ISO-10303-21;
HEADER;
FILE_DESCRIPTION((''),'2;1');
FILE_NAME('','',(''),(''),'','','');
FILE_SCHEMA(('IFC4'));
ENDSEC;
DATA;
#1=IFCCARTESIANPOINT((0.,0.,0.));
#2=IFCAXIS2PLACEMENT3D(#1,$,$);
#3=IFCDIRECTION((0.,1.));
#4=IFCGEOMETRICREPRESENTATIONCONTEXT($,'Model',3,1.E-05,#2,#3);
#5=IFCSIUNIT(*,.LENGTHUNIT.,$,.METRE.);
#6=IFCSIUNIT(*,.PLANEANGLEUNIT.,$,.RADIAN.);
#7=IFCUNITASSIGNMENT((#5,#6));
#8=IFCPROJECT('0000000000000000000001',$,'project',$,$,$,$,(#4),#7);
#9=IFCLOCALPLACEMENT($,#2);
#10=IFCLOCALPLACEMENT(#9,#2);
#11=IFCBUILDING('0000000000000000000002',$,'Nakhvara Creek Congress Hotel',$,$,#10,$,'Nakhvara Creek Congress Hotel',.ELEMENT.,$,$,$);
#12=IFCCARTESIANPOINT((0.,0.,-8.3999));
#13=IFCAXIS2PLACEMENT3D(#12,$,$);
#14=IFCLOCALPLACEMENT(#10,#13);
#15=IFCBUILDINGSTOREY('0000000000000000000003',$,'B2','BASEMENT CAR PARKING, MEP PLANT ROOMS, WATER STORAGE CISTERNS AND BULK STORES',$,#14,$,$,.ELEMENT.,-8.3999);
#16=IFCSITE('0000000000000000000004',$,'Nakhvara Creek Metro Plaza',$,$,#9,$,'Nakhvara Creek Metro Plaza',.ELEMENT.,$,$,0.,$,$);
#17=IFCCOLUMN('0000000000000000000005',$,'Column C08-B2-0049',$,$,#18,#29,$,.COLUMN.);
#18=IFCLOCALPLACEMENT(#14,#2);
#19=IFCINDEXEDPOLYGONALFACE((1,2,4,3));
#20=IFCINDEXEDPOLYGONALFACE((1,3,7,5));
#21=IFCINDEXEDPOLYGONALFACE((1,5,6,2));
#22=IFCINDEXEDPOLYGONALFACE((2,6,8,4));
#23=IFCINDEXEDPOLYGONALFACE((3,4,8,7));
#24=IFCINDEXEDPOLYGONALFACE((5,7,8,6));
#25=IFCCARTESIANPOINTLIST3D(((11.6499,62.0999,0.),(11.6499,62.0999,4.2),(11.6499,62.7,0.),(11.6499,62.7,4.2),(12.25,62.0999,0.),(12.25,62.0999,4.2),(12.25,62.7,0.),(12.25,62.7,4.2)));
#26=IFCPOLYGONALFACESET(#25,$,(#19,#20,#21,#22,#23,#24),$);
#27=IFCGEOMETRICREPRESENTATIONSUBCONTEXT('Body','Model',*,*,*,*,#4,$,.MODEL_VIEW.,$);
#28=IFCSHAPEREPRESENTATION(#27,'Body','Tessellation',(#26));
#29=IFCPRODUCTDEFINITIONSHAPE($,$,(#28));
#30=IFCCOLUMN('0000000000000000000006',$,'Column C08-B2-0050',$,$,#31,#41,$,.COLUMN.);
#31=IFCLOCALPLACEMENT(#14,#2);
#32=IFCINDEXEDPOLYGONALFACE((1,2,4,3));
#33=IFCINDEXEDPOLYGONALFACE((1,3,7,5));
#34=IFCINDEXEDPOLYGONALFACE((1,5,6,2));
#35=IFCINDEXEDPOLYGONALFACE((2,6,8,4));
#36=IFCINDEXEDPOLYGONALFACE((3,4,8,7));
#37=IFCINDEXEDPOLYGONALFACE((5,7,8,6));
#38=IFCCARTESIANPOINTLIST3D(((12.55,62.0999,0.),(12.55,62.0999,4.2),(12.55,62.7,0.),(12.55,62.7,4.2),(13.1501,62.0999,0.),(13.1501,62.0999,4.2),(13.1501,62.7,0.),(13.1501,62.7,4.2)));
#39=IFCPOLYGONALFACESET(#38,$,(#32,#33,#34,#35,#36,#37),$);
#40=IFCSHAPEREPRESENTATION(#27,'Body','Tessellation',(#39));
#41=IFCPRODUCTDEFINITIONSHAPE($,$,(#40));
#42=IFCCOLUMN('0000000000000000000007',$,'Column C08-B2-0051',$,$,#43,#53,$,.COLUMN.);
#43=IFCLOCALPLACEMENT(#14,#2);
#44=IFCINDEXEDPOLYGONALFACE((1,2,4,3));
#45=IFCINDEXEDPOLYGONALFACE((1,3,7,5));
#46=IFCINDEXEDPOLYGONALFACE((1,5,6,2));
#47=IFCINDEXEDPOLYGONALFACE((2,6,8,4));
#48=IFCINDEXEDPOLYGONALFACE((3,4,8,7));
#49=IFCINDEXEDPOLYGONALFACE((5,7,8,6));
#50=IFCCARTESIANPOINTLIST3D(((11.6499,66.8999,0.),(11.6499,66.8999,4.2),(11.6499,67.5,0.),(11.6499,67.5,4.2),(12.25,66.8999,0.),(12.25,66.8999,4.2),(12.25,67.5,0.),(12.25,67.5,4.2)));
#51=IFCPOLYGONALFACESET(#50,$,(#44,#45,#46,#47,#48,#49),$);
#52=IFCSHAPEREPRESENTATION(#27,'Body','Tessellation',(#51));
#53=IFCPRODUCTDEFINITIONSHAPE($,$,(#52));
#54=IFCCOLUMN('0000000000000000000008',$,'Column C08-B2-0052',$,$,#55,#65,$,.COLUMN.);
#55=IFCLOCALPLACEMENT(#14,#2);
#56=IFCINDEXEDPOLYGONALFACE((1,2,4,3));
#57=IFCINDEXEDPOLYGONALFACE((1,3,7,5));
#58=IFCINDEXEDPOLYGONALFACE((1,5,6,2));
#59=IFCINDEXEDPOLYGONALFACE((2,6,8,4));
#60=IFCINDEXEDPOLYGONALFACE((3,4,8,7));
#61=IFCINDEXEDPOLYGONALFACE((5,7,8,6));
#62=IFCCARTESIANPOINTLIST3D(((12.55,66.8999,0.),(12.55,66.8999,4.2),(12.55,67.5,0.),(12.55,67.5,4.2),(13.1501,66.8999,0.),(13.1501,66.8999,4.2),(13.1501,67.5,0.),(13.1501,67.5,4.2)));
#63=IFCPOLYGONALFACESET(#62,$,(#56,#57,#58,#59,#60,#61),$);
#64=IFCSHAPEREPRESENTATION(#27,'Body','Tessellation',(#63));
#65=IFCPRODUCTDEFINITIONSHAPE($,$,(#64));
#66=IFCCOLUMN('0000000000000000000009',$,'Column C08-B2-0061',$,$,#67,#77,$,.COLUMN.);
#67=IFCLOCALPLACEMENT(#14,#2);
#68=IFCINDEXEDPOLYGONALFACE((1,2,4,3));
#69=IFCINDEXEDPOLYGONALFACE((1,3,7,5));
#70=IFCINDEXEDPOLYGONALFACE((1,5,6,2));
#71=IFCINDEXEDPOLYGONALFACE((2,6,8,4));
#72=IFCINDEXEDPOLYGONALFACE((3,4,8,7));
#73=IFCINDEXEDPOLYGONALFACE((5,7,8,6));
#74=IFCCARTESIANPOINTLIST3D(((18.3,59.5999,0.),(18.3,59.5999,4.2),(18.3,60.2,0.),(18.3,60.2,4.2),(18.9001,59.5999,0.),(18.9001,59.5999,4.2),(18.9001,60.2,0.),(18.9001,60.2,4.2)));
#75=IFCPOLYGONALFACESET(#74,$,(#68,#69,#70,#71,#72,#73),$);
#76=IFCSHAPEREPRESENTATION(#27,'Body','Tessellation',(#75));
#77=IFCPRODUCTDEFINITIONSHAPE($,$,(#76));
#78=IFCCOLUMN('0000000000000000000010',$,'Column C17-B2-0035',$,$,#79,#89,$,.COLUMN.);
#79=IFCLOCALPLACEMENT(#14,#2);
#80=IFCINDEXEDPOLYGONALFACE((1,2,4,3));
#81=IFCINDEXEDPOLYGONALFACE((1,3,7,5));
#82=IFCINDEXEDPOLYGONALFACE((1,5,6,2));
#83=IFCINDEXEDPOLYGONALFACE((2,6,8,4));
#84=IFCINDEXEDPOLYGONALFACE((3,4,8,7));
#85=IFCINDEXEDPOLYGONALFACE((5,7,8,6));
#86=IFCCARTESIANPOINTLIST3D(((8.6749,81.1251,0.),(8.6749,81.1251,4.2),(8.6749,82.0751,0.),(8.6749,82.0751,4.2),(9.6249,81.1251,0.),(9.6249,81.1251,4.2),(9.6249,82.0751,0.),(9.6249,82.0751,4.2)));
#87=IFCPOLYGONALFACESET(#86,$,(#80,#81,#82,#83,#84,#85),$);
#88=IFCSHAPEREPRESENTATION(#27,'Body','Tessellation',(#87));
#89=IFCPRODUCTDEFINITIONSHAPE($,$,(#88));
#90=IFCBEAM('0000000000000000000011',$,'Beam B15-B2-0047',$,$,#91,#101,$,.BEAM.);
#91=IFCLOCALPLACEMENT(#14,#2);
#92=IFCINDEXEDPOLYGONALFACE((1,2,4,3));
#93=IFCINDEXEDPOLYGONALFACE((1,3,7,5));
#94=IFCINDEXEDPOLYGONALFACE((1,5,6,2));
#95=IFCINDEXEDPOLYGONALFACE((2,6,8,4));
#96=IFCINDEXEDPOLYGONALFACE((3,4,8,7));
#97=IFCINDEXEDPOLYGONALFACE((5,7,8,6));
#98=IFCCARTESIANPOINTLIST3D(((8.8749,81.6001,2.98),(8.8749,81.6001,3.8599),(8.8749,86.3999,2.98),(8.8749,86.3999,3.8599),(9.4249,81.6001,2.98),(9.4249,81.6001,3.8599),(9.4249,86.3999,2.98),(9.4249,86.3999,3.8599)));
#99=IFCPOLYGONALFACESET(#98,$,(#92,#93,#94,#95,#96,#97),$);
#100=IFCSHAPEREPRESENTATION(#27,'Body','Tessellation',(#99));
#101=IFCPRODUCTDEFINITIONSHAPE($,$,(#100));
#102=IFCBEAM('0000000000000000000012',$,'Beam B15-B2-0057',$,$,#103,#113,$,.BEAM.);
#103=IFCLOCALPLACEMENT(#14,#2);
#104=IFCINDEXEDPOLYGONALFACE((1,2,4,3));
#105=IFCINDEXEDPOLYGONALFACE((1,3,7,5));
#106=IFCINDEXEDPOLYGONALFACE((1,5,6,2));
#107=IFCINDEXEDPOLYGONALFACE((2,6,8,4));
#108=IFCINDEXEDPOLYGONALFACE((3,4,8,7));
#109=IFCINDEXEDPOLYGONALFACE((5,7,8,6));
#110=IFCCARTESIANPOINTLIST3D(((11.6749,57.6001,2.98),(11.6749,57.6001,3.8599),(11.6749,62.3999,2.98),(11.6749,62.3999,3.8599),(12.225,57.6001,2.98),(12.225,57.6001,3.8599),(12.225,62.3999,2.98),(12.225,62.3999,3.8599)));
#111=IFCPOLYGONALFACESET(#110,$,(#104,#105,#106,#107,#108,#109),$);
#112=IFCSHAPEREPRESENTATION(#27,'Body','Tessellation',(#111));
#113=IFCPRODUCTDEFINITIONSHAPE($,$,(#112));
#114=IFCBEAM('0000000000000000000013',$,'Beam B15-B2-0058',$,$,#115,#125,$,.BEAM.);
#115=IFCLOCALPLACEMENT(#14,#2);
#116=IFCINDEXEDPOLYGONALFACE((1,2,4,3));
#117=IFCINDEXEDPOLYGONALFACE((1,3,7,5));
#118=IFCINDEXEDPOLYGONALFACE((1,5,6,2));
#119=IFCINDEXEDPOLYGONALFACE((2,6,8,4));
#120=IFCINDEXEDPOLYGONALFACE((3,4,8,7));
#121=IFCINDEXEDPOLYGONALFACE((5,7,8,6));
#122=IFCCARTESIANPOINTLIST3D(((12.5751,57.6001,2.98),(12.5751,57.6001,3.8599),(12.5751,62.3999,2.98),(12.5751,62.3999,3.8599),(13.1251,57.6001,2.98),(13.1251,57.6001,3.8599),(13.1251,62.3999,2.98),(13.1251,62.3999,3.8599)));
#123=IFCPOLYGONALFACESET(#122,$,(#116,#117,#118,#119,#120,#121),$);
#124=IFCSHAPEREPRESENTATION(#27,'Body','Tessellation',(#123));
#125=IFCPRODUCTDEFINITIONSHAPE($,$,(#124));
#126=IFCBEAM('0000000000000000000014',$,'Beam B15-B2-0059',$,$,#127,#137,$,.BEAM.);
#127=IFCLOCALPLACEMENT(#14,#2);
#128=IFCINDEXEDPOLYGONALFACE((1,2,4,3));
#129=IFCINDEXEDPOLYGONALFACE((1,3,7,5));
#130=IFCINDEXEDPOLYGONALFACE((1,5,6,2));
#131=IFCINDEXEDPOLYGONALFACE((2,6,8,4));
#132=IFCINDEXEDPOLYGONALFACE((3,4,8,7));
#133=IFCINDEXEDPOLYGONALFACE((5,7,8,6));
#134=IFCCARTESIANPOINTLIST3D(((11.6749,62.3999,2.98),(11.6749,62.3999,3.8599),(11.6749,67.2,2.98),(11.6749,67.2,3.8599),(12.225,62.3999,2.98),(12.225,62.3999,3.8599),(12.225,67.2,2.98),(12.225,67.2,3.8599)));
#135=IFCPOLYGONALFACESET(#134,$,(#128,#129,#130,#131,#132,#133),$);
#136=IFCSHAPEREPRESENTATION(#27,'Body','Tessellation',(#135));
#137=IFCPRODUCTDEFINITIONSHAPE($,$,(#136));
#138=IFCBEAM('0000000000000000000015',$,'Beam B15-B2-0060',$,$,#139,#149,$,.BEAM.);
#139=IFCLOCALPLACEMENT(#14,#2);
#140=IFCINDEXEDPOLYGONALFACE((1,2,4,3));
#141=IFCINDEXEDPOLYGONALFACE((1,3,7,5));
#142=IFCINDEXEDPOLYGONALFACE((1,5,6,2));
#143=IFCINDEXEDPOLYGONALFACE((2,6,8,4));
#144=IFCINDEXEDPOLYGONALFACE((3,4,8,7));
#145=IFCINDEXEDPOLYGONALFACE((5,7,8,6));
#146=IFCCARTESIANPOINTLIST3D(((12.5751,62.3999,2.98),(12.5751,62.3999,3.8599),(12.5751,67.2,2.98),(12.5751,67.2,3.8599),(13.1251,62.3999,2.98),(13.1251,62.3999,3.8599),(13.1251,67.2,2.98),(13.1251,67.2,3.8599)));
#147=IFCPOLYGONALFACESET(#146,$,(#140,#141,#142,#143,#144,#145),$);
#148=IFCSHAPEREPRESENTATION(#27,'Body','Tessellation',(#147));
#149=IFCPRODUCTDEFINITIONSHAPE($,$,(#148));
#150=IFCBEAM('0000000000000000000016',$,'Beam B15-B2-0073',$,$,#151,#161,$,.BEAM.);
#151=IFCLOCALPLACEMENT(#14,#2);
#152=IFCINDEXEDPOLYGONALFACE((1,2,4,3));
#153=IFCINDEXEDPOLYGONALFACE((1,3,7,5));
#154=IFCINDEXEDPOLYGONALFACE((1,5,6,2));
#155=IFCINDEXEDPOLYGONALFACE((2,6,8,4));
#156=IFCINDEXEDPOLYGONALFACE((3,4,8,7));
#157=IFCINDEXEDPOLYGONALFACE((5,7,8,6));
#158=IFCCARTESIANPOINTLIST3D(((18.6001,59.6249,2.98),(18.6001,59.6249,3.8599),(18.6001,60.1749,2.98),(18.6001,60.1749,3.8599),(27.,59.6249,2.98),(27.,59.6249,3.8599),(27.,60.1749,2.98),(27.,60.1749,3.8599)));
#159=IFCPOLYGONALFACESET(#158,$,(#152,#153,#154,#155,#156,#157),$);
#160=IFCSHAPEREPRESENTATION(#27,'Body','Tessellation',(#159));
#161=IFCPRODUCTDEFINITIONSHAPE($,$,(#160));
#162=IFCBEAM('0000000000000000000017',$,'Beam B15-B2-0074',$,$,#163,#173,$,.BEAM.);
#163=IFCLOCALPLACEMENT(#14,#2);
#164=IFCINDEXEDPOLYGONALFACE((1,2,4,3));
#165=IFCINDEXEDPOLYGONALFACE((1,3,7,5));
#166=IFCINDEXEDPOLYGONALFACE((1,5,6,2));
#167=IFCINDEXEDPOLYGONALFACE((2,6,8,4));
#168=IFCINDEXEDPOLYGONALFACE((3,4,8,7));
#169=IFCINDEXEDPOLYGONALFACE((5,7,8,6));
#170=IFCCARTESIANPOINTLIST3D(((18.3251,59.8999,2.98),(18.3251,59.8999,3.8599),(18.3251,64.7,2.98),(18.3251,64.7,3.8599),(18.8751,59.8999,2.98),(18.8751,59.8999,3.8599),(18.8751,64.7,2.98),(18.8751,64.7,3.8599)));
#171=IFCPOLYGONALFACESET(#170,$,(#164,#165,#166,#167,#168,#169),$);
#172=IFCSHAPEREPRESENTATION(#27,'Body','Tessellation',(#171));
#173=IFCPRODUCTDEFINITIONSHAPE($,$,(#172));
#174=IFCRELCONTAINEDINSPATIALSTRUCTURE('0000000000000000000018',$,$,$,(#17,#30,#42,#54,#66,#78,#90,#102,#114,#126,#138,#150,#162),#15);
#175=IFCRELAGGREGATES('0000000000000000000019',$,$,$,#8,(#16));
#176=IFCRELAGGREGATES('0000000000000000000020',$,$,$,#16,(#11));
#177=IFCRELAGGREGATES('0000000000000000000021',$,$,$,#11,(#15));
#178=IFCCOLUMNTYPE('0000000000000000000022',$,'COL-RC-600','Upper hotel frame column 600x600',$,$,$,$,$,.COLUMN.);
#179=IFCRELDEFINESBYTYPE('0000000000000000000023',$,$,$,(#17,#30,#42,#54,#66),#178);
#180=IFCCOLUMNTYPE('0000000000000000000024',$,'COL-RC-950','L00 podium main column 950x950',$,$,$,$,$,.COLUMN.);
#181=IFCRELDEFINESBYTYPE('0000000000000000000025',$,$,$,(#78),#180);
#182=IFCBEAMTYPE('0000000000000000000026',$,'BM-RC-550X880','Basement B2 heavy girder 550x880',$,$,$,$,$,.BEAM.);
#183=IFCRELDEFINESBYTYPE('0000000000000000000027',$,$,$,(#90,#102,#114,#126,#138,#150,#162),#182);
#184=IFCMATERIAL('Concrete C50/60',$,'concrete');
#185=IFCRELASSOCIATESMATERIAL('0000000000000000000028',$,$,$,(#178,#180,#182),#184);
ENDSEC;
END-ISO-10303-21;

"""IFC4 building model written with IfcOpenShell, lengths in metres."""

from ifc_helpers import new_model, si_unit, direction, frame, origin, origin_2d, place, context, subcontext, project, spatial, rectangle, extrude, material, material_profile, profile_set, type_object, element, save


model = new_model("IFC4")

# Units and contexts
model_context = context("Model", 3, precision=1e-05, world=origin(), true_north=direction((0.0, 1.0)))
body_context = subcontext(model_context, "Body", "Model", "MODEL_VIEW")
ifc_project = project(units=[si_unit("LENGTHUNIT", "METRE"), si_unit("PLANEANGLEUNIT", "RADIAN")], contexts=[model_context])

# Site, building, storey
site_placement = place(None, origin())
site = spatial("IfcSite", under=ifc_project, at=site_placement, Name="Nakhvara Creek Metro Plaza", LongName="Nakhvara Creek Metro Plaza", CompositionType="ELEMENT", RefElevation=0.0)
building_placement = place(site_placement, origin())
building = spatial("IfcBuilding", under=site, at=building_placement, Name="Nakhvara Creek Congress Hotel", LongName="Nakhvara Creek Congress Hotel", CompositionType="ELEMENT")
storey_placement = place(building_placement, frame((0.0, 0.0, -8.3999)))
storey = spatial("IfcBuildingStorey", under=building, at=storey_placement, Name="B2", Description="BASEMENT CAR PARKING, MEP PLANT ROOMS, WATER STORAGE CISTERNS AND BULK STORES", CompositionType="ELEMENT", Elevation=-8.3999)

# Columns
ifc_material_1 = material(Name="Concrete C50/60", Category="concrete")
ifc_material_profile_1 = material_profile(ifc_material_1, rectangle(XDim=0.6001, YDim=0.6001, at=origin_2d()), Name="RC-COL 600x600", Category="LoadBearing")
ifc_profile_set_1 = profile_set([ifc_material_profile_1], Name="Concrete C50/60")
column_type_1 = type_object("IfcColumnType", Name="COL-RC-600", Description="Upper hotel frame column 600x600", PredefinedType="COLUMN", material=ifc_profile_set_1)
for number, where, z_axis, x_axis, name in (
    (1, (11.95, 62.3999, 0.0), (0.0, 0.0, 1.0), (1.0, 0.0, 0.0), "Column C08-B2-0049"),
    (2, (12.8501, 62.3999, 0.0), (0.0, 0.0, 1.0), (1.0, 0.0, 0.0), "Column C08-B2-0050"),
    (3, (11.95, 67.2, 0.0), (0.0, 0.0, 1.0), (1.0, 0.0, 0.0), "Column C08-B2-0051"),
    (4, (12.8501, 67.2, 0.0), (0.0, 0.0, 1.0), (1.0, 0.0, 0.0), "Column C08-B2-0052"),
    (5, (18.6001, 59.8999, 0.0), (0.0, 0.0, 1.0), (1.0, 0.0, 0.0), "Column C08-B2-0061"),
):
    element("IfcColumn", number, at=place(storey_placement, frame(where, z_axis=z_axis, x_axis=x_axis)), inside=storey, type_object=column_type_1, Name=name, PredefinedType="COLUMN", context=body_context, shape_type="SweptSolid", body=[
        extrude(rectangle(XDim=0.6001, YDim=0.6001, at=origin_2d()), origin(), (0.0, 0.0, 1.0), 4.2),
    ])
ifc_material_profile_2 = material_profile(ifc_material_1, rectangle(XDim=0.95, YDim=0.95, at=origin_2d()), Name="RC-COL 950x950", Category="LoadBearing")
ifc_profile_set_2 = profile_set([ifc_material_profile_2], Name="Concrete C50/60")
column_type_2 = type_object("IfcColumnType", Name="COL-RC-950", Description="L00 podium main column 950x950", PredefinedType="COLUMN", material=ifc_profile_set_2)
column_placement = place(storey_placement, frame((9.1499, 81.6001, 0.0), z_axis=(0.0, 0.0, 1.0), x_axis=(1.0, 0.0, 0.0)))
element("IfcColumn", 6, at=column_placement, inside=storey, type_object=column_type_2, Name="Column C17-B2-0035", PredefinedType="COLUMN", context=body_context, shape_type="SweptSolid", body=[
    extrude(rectangle(XDim=0.95, YDim=0.95, at=origin_2d()), origin(), (0.0, 0.0, 1.0), 4.2),
])

# Beams
ifc_material_profile_3 = material_profile(ifc_material_1, rectangle(XDim=0.55, YDim=0.8799, at=origin_2d()), Name="RC-BM 550x880", Category="LoadBearing")
ifc_profile_set_3 = profile_set([ifc_material_profile_3], Name="Concrete C50/60")
beam_type = type_object("IfcBeamType", Name="BM-RC-550X880", Description="Basement B2 heavy girder 550x880", PredefinedType="BEAM", material=ifc_profile_set_3)
for number, where, z_axis, x_axis, name in (
    (7, (9.1499, 81.6001, 3.4199), (0.0, 1.0, 0.0), (-1.0, 0.0, 0.0), "Beam B15-B2-0047"),
    (8, (11.95, 57.6001, 3.4199), (0.0, 1.0, 0.0), (-1.0, 0.0, 0.0), "Beam B15-B2-0057"),
    (9, (12.8501, 57.6001, 3.4199), (0.0, 1.0, 0.0), (-1.0, 0.0, 0.0), "Beam B15-B2-0058"),
):
    element("IfcBeam", number, at=place(storey_placement, frame(where, z_axis=z_axis, x_axis=x_axis)), inside=storey, type_object=beam_type, Name=name, PredefinedType="BEAM", context=body_context, shape_type="SweptSolid", body=[
        extrude(rectangle(XDim=0.55, YDim=0.8799, at=origin_2d()), origin(), (0.0, 0.0, 1.0), 4.7998),
    ])
for number, where, z_axis, x_axis, name in (
    (10, (11.95, 62.3999, 3.4199), (0.0, 1.0, 0.0), (-1.0, 0.0, 0.0), "Beam B15-B2-0059"),
    (11, (12.8501, 62.3999, 3.4199), (0.0, 1.0, 0.0), (-1.0, 0.0, 0.0), "Beam B15-B2-0060"),
):
    element("IfcBeam", number, at=place(storey_placement, frame(where, z_axis=z_axis, x_axis=x_axis)), inside=storey, type_object=beam_type, Name=name, PredefinedType="BEAM", context=body_context, shape_type="SweptSolid", body=[
        extrude(rectangle(XDim=0.55, YDim=0.8799, at=origin_2d()), origin(), (0.0, 0.0, 1.0), 4.8),
    ])
beam_1_placement = place(storey_placement, frame((18.6001, 59.8999, 3.4199), z_axis=(1.0, 0.0, 0.0), x_axis=(0.0, 1.0, 0.0)))
element("IfcBeam", 12, at=beam_1_placement, inside=storey, type_object=beam_type, Name="Beam B15-B2-0073", PredefinedType="BEAM", context=body_context, shape_type="SweptSolid", body=[
    extrude(rectangle(XDim=0.55, YDim=0.8799, at=origin_2d()), origin(), (0.0, 0.0, 1.0), 8.3999),
])
beam_2_placement = place(storey_placement, frame((18.6001, 59.8999, 3.4199), z_axis=(0.0, 1.0, 0.0), x_axis=(-1.0, 0.0, 0.0)))
element("IfcBeam", 13, at=beam_2_placement, inside=storey, type_object=beam_type, Name="Beam B15-B2-0074", PredefinedType="BEAM", context=body_context, shape_type="SweptSolid", body=[
    extrude(rectangle(XDim=0.55, YDim=0.8799, at=origin_2d()), origin(), (0.0, 0.0, 1.0), 4.8),
])

save(model, "model.ifc")
